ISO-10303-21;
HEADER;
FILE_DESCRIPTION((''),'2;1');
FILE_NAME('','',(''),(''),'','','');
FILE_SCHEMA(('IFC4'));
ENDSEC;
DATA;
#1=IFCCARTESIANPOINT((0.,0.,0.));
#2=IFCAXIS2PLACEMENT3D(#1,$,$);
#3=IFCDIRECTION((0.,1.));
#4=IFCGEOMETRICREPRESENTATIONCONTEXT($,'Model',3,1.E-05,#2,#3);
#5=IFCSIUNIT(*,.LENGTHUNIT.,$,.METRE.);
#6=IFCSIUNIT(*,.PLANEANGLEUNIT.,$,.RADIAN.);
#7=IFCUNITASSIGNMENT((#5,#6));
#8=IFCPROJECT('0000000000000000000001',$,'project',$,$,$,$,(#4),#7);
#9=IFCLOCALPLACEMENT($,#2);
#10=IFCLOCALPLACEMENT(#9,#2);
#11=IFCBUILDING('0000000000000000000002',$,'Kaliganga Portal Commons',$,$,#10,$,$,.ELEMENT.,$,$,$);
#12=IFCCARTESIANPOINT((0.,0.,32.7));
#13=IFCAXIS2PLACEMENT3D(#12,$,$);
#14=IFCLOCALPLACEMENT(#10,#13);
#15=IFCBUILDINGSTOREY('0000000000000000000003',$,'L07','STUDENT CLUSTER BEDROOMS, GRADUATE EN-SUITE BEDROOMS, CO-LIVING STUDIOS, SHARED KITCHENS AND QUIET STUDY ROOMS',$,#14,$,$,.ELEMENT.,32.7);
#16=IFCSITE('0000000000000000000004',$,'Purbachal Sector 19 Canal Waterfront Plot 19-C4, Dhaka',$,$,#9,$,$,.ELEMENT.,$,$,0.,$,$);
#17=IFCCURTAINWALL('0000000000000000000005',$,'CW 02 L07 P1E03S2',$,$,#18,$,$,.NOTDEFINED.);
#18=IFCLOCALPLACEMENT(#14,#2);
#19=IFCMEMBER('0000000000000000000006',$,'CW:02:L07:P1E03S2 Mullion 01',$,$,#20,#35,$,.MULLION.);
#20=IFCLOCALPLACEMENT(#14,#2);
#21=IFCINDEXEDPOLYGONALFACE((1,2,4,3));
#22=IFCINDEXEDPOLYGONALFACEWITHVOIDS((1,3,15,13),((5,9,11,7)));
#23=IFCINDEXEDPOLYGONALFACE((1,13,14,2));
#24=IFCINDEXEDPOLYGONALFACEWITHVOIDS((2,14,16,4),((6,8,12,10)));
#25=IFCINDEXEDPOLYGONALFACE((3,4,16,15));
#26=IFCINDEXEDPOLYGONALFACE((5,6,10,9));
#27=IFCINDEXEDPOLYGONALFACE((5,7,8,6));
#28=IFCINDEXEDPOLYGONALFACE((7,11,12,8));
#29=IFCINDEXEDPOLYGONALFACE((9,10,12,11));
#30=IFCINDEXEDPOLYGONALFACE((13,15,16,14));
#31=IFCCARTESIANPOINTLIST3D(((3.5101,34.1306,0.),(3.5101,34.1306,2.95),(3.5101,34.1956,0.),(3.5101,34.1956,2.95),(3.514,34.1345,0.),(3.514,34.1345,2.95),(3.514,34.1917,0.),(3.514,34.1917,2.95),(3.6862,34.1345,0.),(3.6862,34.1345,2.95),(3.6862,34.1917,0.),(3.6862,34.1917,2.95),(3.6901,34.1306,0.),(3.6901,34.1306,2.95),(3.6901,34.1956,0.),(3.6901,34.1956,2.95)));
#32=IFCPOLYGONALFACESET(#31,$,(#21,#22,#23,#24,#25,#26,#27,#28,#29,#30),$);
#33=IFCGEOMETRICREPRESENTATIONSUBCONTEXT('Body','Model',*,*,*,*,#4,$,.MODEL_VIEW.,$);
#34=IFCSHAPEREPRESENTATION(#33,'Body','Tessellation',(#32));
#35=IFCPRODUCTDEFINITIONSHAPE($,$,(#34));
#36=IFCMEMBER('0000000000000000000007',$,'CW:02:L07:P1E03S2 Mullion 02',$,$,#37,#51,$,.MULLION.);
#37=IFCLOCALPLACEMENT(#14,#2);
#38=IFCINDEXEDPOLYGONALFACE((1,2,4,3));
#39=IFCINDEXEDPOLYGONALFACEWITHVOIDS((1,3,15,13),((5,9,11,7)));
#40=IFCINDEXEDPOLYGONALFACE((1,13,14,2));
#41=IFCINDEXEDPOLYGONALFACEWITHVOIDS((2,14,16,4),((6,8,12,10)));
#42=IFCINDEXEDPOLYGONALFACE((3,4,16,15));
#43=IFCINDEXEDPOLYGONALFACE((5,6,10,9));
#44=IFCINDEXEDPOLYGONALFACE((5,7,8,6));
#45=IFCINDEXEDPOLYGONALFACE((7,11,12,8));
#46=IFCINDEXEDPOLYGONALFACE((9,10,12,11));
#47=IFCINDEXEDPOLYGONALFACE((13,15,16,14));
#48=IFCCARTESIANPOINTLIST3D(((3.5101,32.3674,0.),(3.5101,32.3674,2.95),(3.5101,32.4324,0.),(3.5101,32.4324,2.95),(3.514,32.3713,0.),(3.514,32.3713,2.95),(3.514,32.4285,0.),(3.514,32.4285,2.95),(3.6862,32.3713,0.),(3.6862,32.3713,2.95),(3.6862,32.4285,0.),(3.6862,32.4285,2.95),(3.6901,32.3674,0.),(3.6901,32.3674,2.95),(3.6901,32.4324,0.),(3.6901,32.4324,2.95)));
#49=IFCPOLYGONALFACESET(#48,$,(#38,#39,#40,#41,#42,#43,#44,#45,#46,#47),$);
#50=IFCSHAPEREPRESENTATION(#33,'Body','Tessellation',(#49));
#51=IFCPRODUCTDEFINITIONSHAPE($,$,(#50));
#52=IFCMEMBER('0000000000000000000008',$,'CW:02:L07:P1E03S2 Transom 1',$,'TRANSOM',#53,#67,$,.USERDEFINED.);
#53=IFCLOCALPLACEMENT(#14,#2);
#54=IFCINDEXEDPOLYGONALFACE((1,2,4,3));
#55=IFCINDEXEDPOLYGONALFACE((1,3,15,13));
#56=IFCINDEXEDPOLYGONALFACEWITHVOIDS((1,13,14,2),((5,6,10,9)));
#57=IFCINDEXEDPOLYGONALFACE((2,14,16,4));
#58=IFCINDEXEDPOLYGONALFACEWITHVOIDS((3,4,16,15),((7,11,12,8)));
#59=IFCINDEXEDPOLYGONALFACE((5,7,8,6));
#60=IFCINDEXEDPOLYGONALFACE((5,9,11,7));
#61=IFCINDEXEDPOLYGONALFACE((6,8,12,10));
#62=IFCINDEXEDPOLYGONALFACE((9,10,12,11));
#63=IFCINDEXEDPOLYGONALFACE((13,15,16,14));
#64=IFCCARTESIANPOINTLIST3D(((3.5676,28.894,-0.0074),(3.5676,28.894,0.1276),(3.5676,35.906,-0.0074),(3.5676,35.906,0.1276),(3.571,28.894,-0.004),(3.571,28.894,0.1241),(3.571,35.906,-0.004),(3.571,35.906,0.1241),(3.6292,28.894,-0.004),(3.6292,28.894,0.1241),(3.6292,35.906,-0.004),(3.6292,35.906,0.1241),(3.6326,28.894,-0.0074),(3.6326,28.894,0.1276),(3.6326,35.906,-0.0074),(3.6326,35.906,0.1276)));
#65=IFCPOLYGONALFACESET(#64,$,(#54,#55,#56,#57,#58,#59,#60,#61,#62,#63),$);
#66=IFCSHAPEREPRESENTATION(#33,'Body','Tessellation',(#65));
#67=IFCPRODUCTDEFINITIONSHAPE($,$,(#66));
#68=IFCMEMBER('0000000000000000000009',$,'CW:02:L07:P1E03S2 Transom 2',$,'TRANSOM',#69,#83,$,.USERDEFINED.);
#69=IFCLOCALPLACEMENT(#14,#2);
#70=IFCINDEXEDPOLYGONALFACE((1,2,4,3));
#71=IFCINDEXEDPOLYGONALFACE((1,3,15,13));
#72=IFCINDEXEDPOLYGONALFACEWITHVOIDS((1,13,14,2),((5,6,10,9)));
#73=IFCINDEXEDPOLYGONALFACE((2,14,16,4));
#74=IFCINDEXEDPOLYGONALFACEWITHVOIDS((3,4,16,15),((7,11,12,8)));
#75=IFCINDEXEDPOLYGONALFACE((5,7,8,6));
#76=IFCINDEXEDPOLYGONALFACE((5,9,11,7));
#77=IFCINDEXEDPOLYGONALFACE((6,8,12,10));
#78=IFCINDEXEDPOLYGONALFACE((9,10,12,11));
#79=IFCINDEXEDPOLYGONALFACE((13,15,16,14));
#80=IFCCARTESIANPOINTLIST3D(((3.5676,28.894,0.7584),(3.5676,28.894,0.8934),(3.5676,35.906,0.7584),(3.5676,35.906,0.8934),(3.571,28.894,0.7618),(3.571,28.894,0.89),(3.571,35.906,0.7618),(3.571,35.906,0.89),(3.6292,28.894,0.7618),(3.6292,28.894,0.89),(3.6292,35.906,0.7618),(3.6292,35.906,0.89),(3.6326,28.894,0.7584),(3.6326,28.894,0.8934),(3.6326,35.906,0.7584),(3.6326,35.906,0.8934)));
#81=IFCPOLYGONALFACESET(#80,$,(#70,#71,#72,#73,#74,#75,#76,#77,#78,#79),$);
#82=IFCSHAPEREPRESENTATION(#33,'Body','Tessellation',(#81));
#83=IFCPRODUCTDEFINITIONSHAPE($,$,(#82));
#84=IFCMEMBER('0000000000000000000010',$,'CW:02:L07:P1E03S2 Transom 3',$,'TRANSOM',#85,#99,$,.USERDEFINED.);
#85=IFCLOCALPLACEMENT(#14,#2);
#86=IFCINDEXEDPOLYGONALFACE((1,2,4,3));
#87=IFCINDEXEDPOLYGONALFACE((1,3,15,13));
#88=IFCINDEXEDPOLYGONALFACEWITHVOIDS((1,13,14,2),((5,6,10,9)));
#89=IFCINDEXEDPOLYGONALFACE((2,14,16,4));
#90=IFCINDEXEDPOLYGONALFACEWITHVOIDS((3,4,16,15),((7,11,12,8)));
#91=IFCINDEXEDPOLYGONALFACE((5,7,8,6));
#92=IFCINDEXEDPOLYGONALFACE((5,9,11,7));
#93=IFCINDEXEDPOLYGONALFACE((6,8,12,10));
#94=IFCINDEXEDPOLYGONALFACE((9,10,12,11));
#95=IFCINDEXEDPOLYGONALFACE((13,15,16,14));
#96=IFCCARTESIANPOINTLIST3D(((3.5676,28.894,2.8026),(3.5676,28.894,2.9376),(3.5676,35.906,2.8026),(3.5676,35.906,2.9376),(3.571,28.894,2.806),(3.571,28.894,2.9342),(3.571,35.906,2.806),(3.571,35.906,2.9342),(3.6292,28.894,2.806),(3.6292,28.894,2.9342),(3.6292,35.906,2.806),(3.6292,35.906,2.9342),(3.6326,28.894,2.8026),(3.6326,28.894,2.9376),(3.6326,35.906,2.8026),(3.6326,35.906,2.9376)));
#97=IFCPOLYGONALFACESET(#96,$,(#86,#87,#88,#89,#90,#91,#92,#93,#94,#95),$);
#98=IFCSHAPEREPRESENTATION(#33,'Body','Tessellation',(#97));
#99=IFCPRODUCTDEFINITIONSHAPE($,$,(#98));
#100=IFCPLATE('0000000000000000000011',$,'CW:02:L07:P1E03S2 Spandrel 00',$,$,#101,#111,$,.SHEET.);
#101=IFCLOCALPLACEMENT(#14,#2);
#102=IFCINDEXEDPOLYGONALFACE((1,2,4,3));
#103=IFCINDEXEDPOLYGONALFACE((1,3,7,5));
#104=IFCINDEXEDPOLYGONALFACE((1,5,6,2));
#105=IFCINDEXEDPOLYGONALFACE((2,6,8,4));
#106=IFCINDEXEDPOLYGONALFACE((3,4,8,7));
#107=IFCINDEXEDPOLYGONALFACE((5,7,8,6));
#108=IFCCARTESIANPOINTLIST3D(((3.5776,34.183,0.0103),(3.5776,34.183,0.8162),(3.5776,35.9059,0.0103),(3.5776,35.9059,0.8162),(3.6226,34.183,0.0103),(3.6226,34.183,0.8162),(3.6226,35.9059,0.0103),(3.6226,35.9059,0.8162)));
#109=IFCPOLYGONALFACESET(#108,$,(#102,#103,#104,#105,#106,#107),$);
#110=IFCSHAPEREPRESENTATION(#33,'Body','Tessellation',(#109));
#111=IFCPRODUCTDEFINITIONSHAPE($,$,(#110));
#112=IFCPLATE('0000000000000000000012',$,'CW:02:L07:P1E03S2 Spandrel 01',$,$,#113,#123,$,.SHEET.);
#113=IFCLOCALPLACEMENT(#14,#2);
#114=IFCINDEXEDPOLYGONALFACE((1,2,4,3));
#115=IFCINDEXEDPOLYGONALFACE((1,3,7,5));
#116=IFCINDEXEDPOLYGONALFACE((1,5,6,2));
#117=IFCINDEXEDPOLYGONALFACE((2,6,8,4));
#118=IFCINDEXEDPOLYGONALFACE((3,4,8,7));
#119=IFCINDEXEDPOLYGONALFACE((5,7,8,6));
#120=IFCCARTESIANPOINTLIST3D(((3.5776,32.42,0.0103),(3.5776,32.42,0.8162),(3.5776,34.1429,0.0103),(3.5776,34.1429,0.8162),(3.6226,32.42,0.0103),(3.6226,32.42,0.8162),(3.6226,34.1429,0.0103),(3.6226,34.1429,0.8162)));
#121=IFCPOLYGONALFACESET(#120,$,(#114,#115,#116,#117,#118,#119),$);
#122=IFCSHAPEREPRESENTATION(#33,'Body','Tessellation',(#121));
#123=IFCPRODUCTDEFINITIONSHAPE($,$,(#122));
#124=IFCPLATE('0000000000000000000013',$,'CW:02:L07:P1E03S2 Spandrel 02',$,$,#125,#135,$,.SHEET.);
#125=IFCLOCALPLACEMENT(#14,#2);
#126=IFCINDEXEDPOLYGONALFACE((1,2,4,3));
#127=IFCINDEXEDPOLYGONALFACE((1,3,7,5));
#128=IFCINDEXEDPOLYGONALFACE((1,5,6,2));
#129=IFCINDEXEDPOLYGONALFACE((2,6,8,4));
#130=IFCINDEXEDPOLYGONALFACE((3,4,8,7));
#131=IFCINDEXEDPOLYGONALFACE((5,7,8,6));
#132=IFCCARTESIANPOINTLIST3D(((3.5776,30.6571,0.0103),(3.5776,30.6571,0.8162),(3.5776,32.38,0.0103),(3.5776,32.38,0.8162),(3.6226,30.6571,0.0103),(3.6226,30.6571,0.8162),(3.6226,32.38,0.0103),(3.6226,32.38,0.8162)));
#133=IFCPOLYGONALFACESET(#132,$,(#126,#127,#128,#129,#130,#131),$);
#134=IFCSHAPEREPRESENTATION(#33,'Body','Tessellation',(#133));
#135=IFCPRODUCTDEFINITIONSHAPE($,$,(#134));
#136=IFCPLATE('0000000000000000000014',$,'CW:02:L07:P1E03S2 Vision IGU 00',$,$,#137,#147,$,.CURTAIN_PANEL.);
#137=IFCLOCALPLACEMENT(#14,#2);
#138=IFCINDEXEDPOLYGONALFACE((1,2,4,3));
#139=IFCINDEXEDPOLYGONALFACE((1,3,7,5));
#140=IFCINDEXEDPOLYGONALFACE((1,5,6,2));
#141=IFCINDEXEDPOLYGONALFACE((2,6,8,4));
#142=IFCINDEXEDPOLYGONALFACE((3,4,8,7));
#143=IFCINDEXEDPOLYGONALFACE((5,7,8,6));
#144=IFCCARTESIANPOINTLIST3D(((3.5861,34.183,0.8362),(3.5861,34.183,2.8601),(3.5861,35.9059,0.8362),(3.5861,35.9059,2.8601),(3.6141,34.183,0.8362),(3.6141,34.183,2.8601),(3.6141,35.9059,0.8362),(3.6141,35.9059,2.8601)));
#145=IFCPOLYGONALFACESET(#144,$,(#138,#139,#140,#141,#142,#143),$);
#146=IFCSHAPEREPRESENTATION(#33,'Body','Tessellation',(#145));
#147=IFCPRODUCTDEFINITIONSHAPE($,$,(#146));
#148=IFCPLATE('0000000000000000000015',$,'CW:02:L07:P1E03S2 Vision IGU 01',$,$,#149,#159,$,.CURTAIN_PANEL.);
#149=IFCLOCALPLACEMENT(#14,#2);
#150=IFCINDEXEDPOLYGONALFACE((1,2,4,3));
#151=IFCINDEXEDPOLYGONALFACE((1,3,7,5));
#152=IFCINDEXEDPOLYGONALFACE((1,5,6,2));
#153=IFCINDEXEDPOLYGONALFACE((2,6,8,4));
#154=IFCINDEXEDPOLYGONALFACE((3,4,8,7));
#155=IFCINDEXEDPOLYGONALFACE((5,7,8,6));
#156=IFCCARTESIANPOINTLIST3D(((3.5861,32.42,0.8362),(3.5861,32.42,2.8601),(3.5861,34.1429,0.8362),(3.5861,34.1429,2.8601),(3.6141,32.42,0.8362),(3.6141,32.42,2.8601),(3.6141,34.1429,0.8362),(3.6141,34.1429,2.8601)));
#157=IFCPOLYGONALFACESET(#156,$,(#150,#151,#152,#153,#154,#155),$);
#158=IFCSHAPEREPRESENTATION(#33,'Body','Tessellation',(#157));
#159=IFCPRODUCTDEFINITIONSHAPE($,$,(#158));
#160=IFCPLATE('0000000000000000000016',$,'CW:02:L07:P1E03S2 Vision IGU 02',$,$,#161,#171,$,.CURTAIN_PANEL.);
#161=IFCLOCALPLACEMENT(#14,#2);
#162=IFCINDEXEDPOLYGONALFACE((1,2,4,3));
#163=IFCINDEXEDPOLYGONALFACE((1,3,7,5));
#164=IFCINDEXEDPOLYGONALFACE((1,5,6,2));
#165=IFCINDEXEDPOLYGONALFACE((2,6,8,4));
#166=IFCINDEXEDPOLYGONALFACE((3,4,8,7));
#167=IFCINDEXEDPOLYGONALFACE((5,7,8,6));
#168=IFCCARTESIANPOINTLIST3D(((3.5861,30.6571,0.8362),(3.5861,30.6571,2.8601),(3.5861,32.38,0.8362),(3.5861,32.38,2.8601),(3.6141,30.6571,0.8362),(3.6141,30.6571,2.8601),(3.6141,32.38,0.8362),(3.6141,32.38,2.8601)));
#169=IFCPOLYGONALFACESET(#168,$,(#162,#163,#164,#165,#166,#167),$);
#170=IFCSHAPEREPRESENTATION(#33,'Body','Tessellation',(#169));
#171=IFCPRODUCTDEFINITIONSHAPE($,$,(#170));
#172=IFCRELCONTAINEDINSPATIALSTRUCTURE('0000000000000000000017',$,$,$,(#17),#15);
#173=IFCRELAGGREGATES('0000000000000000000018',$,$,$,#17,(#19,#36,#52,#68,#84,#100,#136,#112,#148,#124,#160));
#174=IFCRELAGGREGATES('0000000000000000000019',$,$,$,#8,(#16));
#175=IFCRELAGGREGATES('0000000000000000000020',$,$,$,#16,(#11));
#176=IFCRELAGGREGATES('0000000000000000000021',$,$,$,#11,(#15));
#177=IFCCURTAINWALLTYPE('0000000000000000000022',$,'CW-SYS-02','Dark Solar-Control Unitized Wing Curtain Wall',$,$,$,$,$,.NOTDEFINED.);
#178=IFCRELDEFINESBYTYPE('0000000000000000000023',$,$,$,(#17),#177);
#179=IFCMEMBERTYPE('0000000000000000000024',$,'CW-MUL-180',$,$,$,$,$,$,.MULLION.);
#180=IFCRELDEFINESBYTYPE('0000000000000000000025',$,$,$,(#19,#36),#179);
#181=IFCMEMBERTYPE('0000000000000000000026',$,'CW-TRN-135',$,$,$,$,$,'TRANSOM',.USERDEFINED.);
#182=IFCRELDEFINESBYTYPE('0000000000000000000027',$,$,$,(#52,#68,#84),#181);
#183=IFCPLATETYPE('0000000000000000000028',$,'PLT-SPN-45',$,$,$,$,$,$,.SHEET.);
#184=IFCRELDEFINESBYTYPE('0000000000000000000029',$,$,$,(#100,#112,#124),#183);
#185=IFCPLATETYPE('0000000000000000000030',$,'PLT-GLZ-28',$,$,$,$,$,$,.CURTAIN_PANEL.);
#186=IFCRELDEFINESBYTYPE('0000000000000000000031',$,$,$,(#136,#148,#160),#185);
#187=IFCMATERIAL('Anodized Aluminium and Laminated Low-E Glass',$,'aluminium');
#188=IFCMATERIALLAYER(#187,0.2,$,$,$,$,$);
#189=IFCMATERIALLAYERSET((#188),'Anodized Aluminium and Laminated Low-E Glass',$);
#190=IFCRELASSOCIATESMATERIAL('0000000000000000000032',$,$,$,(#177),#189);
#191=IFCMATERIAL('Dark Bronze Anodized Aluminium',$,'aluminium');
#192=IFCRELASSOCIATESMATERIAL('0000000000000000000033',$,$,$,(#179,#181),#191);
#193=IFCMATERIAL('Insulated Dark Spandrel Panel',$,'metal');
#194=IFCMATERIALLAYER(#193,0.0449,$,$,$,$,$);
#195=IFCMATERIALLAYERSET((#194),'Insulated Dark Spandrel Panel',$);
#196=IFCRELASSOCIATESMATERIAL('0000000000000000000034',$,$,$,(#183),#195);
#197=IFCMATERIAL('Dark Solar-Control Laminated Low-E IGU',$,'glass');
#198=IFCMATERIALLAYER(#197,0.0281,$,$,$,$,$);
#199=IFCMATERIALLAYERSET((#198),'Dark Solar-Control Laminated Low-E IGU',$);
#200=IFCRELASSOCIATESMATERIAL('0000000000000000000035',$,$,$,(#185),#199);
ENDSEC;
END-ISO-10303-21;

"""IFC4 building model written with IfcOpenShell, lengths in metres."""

from ifc_helpers import new_model, si_unit, direction, frame, origin, origin_2d, place, context, subcontext, project, spatial, rectangle, hollow_rectangle, extrude, source, transform, mapped, material, layer, layer_set, material_profile, profile_set, type_object, element, aggregate, save


model = new_model("IFC4")

# Units and contexts
model_context = context("Model", 3, precision=1e-05, world=origin(), true_north=direction((0.0, 1.0)))
body_context = subcontext(model_context, "Body", "Model", "MODEL_VIEW")
ifc_project = project(units=[si_unit("LENGTHUNIT", "METRE"), si_unit("PLANEANGLEUNIT", "RADIAN")], contexts=[model_context])

# Site, building, storey
site_placement = place(None, origin())
site = spatial("IfcSite", under=ifc_project, at=site_placement, Name="Purbachal Sector 19 Canal Waterfront Plot 19-C4, Dhaka", CompositionType="ELEMENT", RefElevation=0.0)
building_placement = place(site_placement, origin())
building = spatial("IfcBuilding", under=site, at=building_placement, Name="Kaliganga Portal Commons", CompositionType="ELEMENT")
storey_placement = place(building_placement, frame((0.0, 0.0, 32.7)))
storey = spatial("IfcBuildingStorey", under=building, at=storey_placement, Name="L07", Description="STUDENT CLUSTER BEDROOMS, GRADUATE EN-SUITE BEDROOMS, CO-LIVING STUDIOS, SHARED KITCHENS AND QUIET STUDY ROOMS", CompositionType="ELEMENT", Elevation=32.7)

# Curtain wall, members, plates
ifc_material_1 = material(Name="Anodized Aluminium and Laminated Low-E Glass", Category="aluminium")
ifc_layer_1 = layer(ifc_material_1, 0.2)
ifc_layer_set_1 = layer_set([ifc_layer_1], Name="Anodized Aluminium and Laminated Low-E Glass")
curtain_wall_type = type_object("IfcCurtainWallType", Name="CW-SYS-02", Description="Dark Solar-Control Unitized Wing Curtain Wall", PredefinedType="NOTDEFINED", material=ifc_layer_set_1)
curtain_wall_placement = place(storey_placement, origin())
curtain_wall = element("IfcCurtainWall", 1, at=curtain_wall_placement, inside=storey, type_object=curtain_wall_type, Name="CW 02 L07 P1E03S2", PredefinedType="NOTDEFINED")
ifc_material_2 = material(Name="Dark Bronze Anodized Aluminium", Category="aluminium")
ifc_material_profile_1 = material_profile(ifc_material_2, hollow_rectangle(XDim=0.0649, YDim=0.1799, WallThickness=0.0039, at=origin_2d()), Name="ALU MULL 65x180x4")
ifc_profile_set_1 = profile_set([ifc_material_profile_1], Name="Dark Bronze Anodized Aluminium")
member_type_1 = type_object("IfcMemberType", Name="CW-MUL-180", PredefinedType="MULLION", material=ifc_profile_set_1)
shared_shape_1 = source(origin(), body_context, "Body", "SweptSolid", [
    extrude(hollow_rectangle(XDim=0.0649, YDim=0.1799, WallThickness=0.0039, at=origin_2d()), origin(), (0.0, 0.0, 1.0), 2.95),
])
member_1_placement = place(storey_placement, frame((3.6001, 34.1631, 0.0), z_axis=(0.0, 0.0, 1.0), x_axis=(0.0, -1.0, 0.0)))
member_1 = element("IfcMember", 2, at=member_1_placement, type_object=member_type_1, Name="CW:02:L07:P1E03S2 Mullion 01", PredefinedType="MULLION", context=body_context, shape_type="MappedRepresentation", body=[
    mapped(shared_shape_1, transform((0.0, 0.0, 0.0), x_axis=(1.0, 0.0, 0.0), y_axis=(0.0, 1.0, 0.0), z_axis=(0.0, 0.0, 1.0), scale=1.0)),
])
member_2_placement = place(storey_placement, frame((3.6001, 32.3999, 0.0), z_axis=(0.0, 0.0, 1.0), x_axis=(0.0, -1.0, 0.0)))
member_2 = element("IfcMember", 3, at=member_2_placement, type_object=member_type_1, Name="CW:02:L07:P1E03S2 Mullion 02", PredefinedType="MULLION", context=body_context, shape_type="MappedRepresentation", body=[
    mapped(shared_shape_1, transform((0.0, 0.0, 0.0), x_axis=(1.0, 0.0, 0.0), y_axis=(0.0, 1.0, 0.0), z_axis=(0.0, 0.0, 1.0), scale=1.0)),
])
ifc_material_profile_2 = material_profile(ifc_material_2, hollow_rectangle(XDim=0.0649, YDim=0.135, WallThickness=0.0034, at=origin_2d()), Name="ALU TRAN 65x135x3.5")
ifc_profile_set_2 = profile_set([ifc_material_profile_2], Name="Dark Bronze Anodized Aluminium")
member_type_2 = type_object("IfcMemberType", Name="CW-TRN-135", ElementType="TRANSOM", PredefinedType="USERDEFINED", material=ifc_profile_set_2)
shared_shape_2 = source(origin(), body_context, "Body", "SweptSolid", [
    extrude(hollow_rectangle(XDim=0.0649, YDim=0.135, WallThickness=0.0034, at=origin_2d()), origin(), (0.0, 0.0, 1.0), 7.012),
])
member_3_placement = place(storey_placement, frame((3.6001, 35.906, 0.0601), z_axis=(0.0, -1.0, 0.0), x_axis=(1.0, 0.0, 0.0)))
member_3 = element("IfcMember", 4, at=member_3_placement, type_object=member_type_2, Name="CW:02:L07:P1E03S2 Transom 1", ObjectType="TRANSOM", PredefinedType="USERDEFINED", context=body_context, shape_type="MappedRepresentation", body=[
    mapped(shared_shape_2, transform((0.0, 0.0, 0.0), x_axis=(1.0, 0.0, 0.0), y_axis=(0.0, 1.0, 0.0), z_axis=(0.0, 0.0, 1.0), scale=1.0)),
])
member_4_placement = place(storey_placement, frame((3.6001, 35.906, 0.8259), z_axis=(0.0, -1.0, 0.0), x_axis=(1.0, 0.0, 0.0)))
member_4 = element("IfcMember", 5, at=member_4_placement, type_object=member_type_2, Name="CW:02:L07:P1E03S2 Transom 2", ObjectType="TRANSOM", PredefinedType="USERDEFINED", context=body_context, shape_type="MappedRepresentation", body=[
    mapped(shared_shape_2, transform((0.0, 0.0, 0.0), x_axis=(1.0, 0.0, 0.0), y_axis=(0.0, 1.0, 0.0), z_axis=(0.0, 0.0, 1.0), scale=1.0)),
])
member_5_placement = place(storey_placement, frame((3.6001, 35.906, 2.8701), z_axis=(0.0, -1.0, 0.0), x_axis=(1.0, 0.0, 0.0)))
member_5 = element("IfcMember", 6, at=member_5_placement, type_object=member_type_2, Name="CW:02:L07:P1E03S2 Transom 3", ObjectType="TRANSOM", PredefinedType="USERDEFINED", context=body_context, shape_type="MappedRepresentation", body=[
    mapped(shared_shape_2, transform((0.0, 0.0, 0.0), x_axis=(1.0, 0.0, 0.0), y_axis=(0.0, 1.0, 0.0), z_axis=(0.0, 0.0, 1.0), scale=1.0)),
])
ifc_material_3 = material(Name="Insulated Dark Spandrel Panel", Category="metal")
ifc_layer_2 = layer(ifc_material_3, 0.0449)
ifc_layer_set_2 = layer_set([ifc_layer_2], Name="Insulated Dark Spandrel Panel")
plate_type_1 = type_object("IfcPlateType", Name="PLT-SPN-45", PredefinedType="SHEET", material=ifc_layer_set_2)
shared_shape_3 = source(origin(), body_context, "Body", "SweptSolid", [
    extrude(rectangle(XDim=1.7229, YDim=0.0449, at=origin_2d()), origin(), (0.0, 0.0, 1.0), 0.8059),
])
plate_1_placement = place(storey_placement, frame((3.6001, 35.0444, 0.0103), z_axis=(0.0, 0.0, 1.0), x_axis=(0.0, -1.0, 0.0)))
plate_1 = element("IfcPlate", 7, at=plate_1_placement, type_object=plate_type_1, Name="CW:02:L07:P1E03S2 Spandrel 00", PredefinedType="SHEET", context=body_context, shape_type="MappedRepresentation", body=[
    mapped(shared_shape_3, transform((0.0, 0.0, 0.0), x_axis=(1.0, 0.0, 0.0), y_axis=(0.0, 1.0, 0.0), z_axis=(0.0, 0.0, 1.0), scale=1.0)),
])
plate_2_placement = place(storey_placement, frame((3.6001, 33.2815, 0.0103), z_axis=(0.0, 0.0, 1.0), x_axis=(0.0, -1.0, 0.0)))
plate_2 = element("IfcPlate", 8, at=plate_2_placement, type_object=plate_type_1, Name="CW:02:L07:P1E03S2 Spandrel 01", PredefinedType="SHEET", context=body_context, shape_type="MappedRepresentation", body=[
    mapped(shared_shape_3, transform((0.0, 0.0, 0.0), x_axis=(1.0, 0.0, 0.0), y_axis=(0.0, 1.0, 0.0), z_axis=(0.0, 0.0, 1.0), scale=1.0)),
])
plate_3_placement = place(storey_placement, frame((3.6001, 31.5186, 0.0103), z_axis=(0.0, 0.0, 1.0), x_axis=(0.0, -1.0, 0.0)))
plate_3 = element("IfcPlate", 9, at=plate_3_placement, type_object=plate_type_1, Name="CW:02:L07:P1E03S2 Spandrel 02", PredefinedType="SHEET", context=body_context, shape_type="MappedRepresentation", body=[
    mapped(shared_shape_3, transform((0.0, 0.0, 0.0), x_axis=(1.0, 0.0, 0.0), y_axis=(0.0, 1.0, 0.0), z_axis=(0.0, 0.0, 1.0), scale=1.0)),
])
ifc_material_4 = material(Name="Dark Solar-Control Laminated Low-E IGU", Category="glass")
ifc_layer_3 = layer(ifc_material_4, 0.0281)
ifc_layer_set_3 = layer_set([ifc_layer_3], Name="Dark Solar-Control Laminated Low-E IGU")
plate_type_2 = type_object("IfcPlateType", Name="PLT-GLZ-28", PredefinedType="CURTAIN_PANEL", material=ifc_layer_set_3)
shared_shape_4 = source(origin(), body_context, "Body", "SweptSolid", [
    extrude(rectangle(XDim=1.7229, YDim=0.0281, at=origin_2d()), origin(), (0.0, 0.0, 1.0), 2.0239),
])
plate_4_placement = place(storey_placement, frame((3.6001, 35.0444, 0.8362), z_axis=(0.0, 0.0, 1.0), x_axis=(0.0, -1.0, 0.0)))
plate_4 = element("IfcPlate", 10, at=plate_4_placement, type_object=plate_type_2, Name="CW:02:L07:P1E03S2 Vision IGU 00", PredefinedType="CURTAIN_PANEL", context=body_context, shape_type="MappedRepresentation", body=[
    mapped(shared_shape_4, transform((0.0, 0.0, 0.0), x_axis=(1.0, 0.0, 0.0), y_axis=(0.0, 1.0, 0.0), z_axis=(0.0, 0.0, 1.0), scale=1.0)),
])
plate_5_placement = place(storey_placement, frame((3.6001, 33.2815, 0.8362), z_axis=(0.0, 0.0, 1.0), x_axis=(0.0, -1.0, 0.0)))
plate_5 = element("IfcPlate", 11, at=plate_5_placement, type_object=plate_type_2, Name="CW:02:L07:P1E03S2 Vision IGU 01", PredefinedType="CURTAIN_PANEL", context=body_context, shape_type="MappedRepresentation", body=[
    mapped(shared_shape_4, transform((0.0, 0.0, 0.0), x_axis=(1.0, 0.0, 0.0), y_axis=(0.0, 1.0, 0.0), z_axis=(0.0, 0.0, 1.0), scale=1.0)),
])
plate_6_placement = place(storey_placement, frame((3.6001, 31.5186, 0.8362), z_axis=(0.0, 0.0, 1.0), x_axis=(0.0, -1.0, 0.0)))
plate_6 = element("IfcPlate", 12, at=plate_6_placement, type_object=plate_type_2, Name="CW:02:L07:P1E03S2 Vision IGU 02", PredefinedType="CURTAIN_PANEL", context=body_context, shape_type="MappedRepresentation", body=[
    mapped(shared_shape_4, transform((0.0, 0.0, 0.0), x_axis=(1.0, 0.0, 0.0), y_axis=(0.0, 1.0, 0.0), z_axis=(0.0, 0.0, 1.0), scale=1.0)),
])
aggregate(curtain_wall, [member_1, member_2, member_3, member_4, member_5, plate_1, plate_4, plate_2, plate_5, plate_3, plate_6])

save(model, "model.ifc")
